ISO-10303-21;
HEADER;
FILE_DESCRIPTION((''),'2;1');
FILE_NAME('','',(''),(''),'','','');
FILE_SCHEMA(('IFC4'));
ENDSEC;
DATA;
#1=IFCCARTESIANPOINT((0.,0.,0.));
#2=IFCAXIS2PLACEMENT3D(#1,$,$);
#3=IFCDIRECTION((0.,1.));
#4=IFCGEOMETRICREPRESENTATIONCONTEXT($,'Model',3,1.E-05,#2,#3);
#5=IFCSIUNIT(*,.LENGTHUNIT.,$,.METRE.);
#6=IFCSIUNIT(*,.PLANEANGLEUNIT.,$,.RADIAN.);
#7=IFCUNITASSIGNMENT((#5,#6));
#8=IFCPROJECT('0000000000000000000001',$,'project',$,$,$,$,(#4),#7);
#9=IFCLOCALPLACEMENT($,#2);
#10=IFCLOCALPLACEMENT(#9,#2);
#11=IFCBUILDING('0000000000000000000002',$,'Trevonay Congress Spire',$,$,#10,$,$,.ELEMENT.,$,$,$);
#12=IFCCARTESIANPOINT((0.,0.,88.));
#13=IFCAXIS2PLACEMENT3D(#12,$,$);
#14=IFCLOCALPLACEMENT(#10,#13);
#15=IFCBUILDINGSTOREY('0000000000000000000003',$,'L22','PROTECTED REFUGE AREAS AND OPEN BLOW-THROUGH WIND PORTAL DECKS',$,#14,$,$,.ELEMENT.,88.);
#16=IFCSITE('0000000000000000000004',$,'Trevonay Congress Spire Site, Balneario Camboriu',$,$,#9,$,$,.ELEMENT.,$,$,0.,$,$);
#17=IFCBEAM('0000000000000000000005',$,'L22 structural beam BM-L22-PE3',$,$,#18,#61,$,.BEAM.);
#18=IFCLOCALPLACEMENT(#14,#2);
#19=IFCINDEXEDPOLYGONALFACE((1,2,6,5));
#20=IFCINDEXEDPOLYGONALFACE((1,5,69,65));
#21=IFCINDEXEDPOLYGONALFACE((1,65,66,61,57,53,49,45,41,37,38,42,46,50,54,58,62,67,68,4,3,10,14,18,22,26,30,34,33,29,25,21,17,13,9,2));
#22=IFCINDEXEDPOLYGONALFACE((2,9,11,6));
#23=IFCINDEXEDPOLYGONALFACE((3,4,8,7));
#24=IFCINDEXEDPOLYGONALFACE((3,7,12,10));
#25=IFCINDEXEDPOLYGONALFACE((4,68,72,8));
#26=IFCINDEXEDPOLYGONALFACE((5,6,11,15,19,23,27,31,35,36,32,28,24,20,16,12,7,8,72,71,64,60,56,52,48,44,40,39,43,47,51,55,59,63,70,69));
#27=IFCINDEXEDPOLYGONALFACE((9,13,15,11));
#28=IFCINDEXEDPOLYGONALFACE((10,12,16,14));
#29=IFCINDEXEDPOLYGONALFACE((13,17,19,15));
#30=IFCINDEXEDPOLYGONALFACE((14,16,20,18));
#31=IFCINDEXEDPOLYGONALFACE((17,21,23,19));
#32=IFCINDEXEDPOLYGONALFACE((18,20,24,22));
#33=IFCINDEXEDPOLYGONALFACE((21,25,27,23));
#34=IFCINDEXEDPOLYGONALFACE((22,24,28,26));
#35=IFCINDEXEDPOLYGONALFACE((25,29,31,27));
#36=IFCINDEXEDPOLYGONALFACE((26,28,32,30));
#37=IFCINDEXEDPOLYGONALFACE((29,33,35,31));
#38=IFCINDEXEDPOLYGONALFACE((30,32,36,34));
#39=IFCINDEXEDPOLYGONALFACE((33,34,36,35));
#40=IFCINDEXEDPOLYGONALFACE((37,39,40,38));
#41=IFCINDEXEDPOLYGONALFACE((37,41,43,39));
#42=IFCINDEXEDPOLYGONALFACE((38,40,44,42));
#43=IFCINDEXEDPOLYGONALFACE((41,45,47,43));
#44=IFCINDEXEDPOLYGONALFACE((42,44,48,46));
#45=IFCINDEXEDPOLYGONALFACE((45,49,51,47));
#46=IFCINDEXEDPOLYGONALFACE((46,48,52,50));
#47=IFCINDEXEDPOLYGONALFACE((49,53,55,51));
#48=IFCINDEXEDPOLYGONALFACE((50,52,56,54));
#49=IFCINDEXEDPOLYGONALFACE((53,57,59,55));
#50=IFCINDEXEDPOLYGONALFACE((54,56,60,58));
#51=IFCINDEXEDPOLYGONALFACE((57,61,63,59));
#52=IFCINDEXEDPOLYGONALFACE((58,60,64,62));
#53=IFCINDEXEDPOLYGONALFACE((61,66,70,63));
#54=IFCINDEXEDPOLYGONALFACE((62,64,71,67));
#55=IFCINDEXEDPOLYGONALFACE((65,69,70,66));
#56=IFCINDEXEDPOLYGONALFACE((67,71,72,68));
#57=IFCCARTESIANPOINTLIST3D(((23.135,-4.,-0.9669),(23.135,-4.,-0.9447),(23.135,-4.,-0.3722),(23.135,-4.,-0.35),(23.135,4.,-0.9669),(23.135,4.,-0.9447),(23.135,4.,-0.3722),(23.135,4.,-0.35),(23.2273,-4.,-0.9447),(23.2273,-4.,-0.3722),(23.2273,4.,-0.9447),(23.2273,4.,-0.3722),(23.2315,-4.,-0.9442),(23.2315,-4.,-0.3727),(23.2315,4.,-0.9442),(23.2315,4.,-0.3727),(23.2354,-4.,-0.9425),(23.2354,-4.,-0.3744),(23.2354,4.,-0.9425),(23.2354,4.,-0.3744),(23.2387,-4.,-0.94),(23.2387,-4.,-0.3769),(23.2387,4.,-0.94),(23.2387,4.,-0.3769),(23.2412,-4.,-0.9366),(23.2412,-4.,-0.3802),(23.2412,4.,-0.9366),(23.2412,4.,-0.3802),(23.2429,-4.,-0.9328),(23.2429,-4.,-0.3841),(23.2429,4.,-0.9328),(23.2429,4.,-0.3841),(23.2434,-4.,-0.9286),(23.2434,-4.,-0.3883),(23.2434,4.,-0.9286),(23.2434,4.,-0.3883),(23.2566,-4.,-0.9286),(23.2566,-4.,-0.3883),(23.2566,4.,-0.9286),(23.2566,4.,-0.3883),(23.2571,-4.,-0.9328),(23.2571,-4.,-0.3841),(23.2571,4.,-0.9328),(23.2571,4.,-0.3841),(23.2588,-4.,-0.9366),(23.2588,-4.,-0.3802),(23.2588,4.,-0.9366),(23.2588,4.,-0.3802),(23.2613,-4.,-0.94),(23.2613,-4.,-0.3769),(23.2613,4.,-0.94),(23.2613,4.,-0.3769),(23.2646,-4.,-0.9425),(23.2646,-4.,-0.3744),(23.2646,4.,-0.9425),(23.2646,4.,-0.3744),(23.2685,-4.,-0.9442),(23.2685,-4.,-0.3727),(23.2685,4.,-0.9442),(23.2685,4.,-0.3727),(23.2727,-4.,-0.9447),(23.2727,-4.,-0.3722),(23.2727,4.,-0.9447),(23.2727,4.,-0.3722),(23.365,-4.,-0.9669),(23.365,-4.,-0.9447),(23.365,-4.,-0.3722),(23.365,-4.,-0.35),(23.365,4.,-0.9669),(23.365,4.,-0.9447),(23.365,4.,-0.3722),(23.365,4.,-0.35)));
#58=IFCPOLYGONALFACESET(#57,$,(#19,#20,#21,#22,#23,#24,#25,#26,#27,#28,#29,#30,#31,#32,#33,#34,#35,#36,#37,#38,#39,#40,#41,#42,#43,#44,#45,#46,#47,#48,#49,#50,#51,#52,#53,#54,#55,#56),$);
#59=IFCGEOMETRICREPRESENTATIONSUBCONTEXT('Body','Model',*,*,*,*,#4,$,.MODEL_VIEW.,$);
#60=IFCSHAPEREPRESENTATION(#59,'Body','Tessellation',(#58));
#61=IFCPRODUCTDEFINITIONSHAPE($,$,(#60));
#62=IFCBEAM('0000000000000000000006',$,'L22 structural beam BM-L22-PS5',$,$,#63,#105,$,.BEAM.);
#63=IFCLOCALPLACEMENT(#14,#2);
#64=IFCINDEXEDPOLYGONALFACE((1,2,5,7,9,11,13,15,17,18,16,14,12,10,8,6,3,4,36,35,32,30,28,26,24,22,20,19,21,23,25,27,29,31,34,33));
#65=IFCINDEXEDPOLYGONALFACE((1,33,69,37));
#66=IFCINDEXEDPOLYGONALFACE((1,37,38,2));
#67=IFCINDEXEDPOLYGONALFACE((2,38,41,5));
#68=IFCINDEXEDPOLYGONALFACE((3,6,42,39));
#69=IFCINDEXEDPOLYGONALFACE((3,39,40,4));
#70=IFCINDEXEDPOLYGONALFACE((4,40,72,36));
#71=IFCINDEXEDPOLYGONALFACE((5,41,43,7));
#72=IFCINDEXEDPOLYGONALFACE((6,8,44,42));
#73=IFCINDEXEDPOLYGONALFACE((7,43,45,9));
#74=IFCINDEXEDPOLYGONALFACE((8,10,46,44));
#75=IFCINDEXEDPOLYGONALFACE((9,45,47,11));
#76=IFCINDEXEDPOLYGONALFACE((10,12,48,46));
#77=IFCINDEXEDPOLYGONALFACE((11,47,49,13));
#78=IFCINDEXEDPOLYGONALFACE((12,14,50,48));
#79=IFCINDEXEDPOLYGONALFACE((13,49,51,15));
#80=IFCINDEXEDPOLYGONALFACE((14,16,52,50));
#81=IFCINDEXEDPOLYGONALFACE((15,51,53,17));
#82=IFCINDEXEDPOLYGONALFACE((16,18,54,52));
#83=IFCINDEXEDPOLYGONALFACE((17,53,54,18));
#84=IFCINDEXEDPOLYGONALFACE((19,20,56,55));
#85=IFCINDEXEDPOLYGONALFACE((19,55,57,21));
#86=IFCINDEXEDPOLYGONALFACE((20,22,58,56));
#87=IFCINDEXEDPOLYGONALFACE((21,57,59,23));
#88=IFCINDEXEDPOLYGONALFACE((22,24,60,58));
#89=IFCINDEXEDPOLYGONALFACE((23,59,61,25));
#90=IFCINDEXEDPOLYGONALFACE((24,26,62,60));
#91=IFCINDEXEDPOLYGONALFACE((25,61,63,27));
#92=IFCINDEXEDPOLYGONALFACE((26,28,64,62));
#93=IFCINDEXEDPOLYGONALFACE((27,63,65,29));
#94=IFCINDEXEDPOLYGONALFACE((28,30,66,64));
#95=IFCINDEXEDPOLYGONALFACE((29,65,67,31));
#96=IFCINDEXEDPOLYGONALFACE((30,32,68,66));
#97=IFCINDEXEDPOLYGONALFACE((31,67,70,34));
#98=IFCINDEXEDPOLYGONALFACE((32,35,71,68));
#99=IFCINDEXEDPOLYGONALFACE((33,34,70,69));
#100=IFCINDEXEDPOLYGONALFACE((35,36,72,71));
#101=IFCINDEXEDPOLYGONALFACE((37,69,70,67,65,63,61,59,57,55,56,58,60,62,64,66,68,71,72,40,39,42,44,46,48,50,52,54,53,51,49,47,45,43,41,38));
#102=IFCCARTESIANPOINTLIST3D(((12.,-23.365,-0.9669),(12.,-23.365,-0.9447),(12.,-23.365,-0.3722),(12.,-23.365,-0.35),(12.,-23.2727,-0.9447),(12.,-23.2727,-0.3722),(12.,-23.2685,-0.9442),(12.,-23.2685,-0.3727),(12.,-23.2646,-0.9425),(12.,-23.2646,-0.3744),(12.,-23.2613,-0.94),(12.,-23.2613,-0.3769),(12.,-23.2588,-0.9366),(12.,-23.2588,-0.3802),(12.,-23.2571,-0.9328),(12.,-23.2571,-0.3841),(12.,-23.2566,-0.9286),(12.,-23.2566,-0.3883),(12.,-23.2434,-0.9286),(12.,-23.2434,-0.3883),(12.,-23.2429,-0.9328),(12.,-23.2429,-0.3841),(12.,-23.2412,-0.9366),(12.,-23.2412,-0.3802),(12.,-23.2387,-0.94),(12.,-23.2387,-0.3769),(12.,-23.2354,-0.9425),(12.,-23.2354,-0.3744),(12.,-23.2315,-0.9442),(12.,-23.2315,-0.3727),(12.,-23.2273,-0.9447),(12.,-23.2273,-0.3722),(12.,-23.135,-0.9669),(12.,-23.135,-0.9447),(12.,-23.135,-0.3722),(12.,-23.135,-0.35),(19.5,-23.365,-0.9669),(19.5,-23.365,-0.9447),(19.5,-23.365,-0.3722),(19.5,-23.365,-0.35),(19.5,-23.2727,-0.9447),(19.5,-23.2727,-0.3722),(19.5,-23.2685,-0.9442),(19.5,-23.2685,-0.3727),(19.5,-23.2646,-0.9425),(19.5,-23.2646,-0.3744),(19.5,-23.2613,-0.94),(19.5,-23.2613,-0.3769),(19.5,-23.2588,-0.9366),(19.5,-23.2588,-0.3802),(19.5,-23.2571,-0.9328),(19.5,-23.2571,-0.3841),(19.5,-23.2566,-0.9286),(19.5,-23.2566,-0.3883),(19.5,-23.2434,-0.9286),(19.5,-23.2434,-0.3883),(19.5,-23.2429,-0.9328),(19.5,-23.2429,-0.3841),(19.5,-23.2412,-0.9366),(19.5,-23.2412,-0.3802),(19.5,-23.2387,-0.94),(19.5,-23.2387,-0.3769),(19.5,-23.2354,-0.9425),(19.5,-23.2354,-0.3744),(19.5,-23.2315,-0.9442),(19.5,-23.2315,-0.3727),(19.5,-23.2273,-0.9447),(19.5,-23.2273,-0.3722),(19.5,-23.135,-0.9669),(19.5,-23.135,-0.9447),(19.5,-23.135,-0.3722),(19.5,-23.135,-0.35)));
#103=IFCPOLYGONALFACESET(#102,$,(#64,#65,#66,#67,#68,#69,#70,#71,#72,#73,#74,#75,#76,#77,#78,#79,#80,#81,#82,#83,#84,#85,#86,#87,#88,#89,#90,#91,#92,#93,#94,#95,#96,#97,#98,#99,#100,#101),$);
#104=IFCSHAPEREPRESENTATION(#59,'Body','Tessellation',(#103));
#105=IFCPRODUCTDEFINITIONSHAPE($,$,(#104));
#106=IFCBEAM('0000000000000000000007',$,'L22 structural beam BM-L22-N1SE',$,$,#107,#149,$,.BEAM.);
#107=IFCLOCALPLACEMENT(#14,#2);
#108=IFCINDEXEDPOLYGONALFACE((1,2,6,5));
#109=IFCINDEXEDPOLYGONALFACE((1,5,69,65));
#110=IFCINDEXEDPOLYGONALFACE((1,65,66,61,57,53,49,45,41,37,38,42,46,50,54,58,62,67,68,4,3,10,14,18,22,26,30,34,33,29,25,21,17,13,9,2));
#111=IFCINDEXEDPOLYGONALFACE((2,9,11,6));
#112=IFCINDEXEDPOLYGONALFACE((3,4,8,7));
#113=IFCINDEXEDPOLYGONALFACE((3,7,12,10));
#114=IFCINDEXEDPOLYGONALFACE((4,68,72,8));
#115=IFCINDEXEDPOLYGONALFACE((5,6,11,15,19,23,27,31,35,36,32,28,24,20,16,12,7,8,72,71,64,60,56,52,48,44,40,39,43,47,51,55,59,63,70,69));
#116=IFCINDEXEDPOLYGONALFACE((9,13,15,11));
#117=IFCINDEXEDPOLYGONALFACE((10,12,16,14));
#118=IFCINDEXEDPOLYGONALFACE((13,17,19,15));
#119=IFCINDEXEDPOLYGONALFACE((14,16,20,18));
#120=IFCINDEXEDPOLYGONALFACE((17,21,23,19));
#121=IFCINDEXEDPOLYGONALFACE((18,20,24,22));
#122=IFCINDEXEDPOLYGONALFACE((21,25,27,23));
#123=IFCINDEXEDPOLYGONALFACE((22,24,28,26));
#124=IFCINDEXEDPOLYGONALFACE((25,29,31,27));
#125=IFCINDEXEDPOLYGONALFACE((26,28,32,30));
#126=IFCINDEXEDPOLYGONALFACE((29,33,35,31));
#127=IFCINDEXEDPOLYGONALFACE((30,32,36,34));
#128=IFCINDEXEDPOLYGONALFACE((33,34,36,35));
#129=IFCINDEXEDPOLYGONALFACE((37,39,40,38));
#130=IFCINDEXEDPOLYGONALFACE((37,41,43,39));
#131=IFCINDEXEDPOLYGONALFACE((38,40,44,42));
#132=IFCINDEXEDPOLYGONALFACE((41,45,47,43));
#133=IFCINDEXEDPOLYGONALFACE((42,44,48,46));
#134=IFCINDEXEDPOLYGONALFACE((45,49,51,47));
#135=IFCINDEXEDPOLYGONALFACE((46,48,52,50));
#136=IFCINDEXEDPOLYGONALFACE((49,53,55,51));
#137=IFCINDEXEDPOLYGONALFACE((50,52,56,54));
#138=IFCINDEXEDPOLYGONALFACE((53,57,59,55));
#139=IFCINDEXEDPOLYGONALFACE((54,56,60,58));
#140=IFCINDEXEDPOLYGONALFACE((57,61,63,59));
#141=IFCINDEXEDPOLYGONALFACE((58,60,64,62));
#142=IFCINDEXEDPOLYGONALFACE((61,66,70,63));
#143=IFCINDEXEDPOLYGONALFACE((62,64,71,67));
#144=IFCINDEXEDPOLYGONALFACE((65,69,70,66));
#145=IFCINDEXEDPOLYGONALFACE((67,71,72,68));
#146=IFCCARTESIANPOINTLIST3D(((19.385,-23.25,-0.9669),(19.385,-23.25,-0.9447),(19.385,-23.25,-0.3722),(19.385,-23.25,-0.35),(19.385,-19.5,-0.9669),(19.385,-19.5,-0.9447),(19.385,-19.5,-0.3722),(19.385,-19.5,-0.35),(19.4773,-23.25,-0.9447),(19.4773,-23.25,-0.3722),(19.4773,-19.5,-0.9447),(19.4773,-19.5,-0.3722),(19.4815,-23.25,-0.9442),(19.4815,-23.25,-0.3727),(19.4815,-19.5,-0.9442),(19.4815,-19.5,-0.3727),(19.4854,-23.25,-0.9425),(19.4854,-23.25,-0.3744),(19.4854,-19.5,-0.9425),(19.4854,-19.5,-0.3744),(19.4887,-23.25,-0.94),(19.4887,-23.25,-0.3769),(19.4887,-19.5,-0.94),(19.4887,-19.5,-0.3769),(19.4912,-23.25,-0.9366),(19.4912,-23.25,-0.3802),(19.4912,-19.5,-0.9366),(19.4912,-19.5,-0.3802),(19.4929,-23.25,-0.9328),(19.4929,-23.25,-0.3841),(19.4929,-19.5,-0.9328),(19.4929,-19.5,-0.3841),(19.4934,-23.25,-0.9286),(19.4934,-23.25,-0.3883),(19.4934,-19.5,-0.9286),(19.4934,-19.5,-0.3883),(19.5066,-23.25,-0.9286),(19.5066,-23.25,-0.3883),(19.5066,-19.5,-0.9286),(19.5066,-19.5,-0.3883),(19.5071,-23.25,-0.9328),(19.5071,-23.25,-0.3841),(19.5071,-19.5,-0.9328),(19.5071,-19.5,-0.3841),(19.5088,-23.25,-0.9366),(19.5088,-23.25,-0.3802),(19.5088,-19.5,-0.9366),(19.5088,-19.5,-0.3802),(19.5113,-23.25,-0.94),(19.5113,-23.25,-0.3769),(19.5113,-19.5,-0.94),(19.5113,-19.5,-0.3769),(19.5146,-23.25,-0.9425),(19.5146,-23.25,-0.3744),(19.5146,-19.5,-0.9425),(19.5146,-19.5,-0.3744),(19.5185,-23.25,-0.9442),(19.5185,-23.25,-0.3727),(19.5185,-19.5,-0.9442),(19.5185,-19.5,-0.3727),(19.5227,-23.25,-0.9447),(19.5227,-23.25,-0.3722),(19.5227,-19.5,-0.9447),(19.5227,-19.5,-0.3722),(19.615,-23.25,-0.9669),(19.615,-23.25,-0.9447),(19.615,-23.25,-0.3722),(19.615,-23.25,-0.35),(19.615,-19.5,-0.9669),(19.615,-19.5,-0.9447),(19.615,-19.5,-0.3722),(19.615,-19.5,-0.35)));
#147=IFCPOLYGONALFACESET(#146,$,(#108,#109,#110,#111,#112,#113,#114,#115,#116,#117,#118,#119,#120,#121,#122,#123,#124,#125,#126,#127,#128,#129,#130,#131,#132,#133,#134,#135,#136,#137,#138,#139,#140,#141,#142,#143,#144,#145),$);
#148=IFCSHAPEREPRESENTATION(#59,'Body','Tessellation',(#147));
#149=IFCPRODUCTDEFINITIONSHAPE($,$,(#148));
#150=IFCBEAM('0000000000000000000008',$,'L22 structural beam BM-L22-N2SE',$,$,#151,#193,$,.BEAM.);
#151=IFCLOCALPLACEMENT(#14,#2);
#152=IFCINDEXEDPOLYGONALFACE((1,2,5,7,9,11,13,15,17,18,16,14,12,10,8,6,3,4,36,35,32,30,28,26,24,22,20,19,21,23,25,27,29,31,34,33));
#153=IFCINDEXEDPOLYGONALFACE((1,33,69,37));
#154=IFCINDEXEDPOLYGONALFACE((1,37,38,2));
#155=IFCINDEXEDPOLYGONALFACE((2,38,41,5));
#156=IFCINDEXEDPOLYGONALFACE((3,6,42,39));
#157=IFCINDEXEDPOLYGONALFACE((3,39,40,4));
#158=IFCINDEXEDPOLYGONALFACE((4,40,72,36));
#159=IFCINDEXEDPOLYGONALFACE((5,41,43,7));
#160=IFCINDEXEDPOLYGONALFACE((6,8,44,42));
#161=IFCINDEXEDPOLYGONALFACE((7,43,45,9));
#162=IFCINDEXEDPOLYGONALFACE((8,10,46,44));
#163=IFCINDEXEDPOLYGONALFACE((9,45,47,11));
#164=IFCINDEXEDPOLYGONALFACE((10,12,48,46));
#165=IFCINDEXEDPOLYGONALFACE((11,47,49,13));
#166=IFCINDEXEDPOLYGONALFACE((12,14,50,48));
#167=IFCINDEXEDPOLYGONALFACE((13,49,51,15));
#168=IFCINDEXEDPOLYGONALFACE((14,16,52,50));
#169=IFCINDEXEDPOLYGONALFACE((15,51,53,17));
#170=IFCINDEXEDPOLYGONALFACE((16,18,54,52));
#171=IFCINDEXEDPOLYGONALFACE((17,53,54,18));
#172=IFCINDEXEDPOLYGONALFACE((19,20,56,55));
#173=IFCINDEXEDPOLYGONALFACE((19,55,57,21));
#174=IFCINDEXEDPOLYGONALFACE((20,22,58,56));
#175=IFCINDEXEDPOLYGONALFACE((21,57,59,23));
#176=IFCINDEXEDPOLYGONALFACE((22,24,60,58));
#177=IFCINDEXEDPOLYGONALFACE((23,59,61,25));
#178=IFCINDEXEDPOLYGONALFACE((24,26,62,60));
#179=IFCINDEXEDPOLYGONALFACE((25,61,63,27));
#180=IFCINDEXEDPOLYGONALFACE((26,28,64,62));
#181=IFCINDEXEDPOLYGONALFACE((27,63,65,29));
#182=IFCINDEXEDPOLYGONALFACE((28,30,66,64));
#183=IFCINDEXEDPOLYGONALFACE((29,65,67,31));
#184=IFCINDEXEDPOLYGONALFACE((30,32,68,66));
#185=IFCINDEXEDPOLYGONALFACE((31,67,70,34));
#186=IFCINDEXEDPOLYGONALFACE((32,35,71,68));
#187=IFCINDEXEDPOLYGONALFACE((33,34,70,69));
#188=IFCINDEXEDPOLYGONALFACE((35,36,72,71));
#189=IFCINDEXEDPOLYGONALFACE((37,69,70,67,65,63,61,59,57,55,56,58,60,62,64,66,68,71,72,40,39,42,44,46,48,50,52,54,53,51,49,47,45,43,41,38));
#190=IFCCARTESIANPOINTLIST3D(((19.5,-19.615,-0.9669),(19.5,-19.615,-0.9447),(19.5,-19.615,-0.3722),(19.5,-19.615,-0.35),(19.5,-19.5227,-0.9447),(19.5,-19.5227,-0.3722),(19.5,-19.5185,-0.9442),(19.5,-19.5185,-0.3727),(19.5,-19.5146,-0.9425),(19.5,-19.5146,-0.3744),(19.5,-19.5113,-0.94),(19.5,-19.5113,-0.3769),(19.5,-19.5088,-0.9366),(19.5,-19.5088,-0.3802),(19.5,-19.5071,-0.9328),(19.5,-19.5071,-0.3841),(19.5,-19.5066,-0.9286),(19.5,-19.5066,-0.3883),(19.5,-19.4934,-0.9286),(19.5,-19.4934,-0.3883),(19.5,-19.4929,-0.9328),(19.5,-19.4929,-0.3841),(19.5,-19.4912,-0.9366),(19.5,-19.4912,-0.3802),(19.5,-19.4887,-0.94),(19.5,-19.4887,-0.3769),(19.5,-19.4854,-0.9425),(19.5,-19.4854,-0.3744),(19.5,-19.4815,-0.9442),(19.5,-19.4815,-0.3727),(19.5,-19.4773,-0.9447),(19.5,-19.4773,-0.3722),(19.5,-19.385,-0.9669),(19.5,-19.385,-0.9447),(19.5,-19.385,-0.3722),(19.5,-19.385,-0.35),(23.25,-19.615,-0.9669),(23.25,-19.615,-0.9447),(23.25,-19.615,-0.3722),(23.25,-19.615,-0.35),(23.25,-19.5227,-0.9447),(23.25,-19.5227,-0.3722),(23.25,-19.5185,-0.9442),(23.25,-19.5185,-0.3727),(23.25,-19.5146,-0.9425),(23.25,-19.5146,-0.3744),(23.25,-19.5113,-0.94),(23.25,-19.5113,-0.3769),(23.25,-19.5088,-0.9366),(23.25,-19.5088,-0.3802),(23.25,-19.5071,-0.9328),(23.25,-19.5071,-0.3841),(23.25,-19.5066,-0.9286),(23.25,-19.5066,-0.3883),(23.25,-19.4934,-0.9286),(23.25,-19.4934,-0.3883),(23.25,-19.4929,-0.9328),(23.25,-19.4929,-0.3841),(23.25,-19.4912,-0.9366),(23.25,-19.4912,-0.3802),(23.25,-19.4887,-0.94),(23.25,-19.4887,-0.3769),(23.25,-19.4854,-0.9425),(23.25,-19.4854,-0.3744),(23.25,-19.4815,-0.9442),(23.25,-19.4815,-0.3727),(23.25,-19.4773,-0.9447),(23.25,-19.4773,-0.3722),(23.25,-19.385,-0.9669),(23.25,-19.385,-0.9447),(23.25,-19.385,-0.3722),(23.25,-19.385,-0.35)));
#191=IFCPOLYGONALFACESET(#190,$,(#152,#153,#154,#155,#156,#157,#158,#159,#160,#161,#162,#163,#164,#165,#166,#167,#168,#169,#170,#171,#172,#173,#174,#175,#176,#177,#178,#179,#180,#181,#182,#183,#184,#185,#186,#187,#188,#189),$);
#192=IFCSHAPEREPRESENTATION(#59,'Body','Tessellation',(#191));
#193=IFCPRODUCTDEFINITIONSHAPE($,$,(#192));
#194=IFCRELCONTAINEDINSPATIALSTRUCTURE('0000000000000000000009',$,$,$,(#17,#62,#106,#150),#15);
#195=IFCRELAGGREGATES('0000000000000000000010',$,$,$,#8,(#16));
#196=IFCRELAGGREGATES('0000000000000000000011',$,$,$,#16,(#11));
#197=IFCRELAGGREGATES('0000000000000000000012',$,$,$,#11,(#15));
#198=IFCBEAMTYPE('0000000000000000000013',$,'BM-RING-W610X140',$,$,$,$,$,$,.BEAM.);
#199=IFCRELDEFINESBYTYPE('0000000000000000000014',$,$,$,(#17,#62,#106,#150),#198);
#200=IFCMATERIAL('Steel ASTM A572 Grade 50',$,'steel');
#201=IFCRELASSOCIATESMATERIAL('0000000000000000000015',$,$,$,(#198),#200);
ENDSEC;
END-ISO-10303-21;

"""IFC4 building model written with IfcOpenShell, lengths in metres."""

from ifc_helpers import new_model, si_unit, direction, frame, origin, origin_2d, place, context, subcontext, project, spatial, i_section, extrude, material, material_profile, profile_set, type_object, element, save


model = new_model("IFC4")

# Units and contexts
model_context = context("Model", 3, precision=1e-05, world=origin(), true_north=direction((0.0, 1.0)))
body_context = subcontext(model_context, "Body", "Model", "MODEL_VIEW")
ifc_project = project(units=[si_unit("LENGTHUNIT", "METRE"), si_unit("PLANEANGLEUNIT", "RADIAN")], contexts=[model_context])

# Site, building, storey
site_placement = place(None, origin())
site = spatial("IfcSite", under=ifc_project, at=site_placement, Name="Trevonay Congress Spire Site, Balneario Camboriu", CompositionType="ELEMENT", RefElevation=0.0)
building_placement = place(site_placement, origin())
building = spatial("IfcBuilding", under=site, at=building_placement, Name="Trevonay Congress Spire", CompositionType="ELEMENT")
storey_placement = place(building_placement, frame((0.0, 0.0, 88.0)))
storey = spatial("IfcBuildingStorey", under=building, at=storey_placement, Name="L22", Description="PROTECTED REFUGE AREAS AND OPEN BLOW-THROUGH WIND PORTAL DECKS", CompositionType="ELEMENT", Elevation=88.0)

# Shared definitions
ifc_material_1 = material(Name="Steel ASTM A572 Grade 50", Category="steel")

# Beams
ifc_material_profile_1 = material_profile(ifc_material_1, i_section(OverallWidth=0.23, OverallDepth=0.6169, WebThickness=0.0132, FlangeThickness=0.0222, FilletRadius=0.0161, at=origin_2d()), Name="W610x140")
ifc_profile_set_1 = profile_set([ifc_material_profile_1], Name="Steel ASTM A572 Grade 50")
beam_type_1 = type_object("IfcBeamType", Name="BM-RING-W610X140", PredefinedType="BEAM", material=ifc_profile_set_1)
for number, where, z_axis, x_axis, name in (
    (1, (23.25, -4.0, -0.6584), (0.0, 1.0, 0.0), (-1.0, 0.0, 0.0), "L22 structural beam BM-L22-PE3"),
):
    element("IfcBeam", number, at=place(storey_placement, frame(where, z_axis=z_axis, x_axis=x_axis)), inside=storey, type_object=beam_type_1, Name=name, PredefinedType="BEAM", context=body_context, shape_type="SweptSolid", body=[
        extrude(i_section(OverallWidth=0.23, OverallDepth=0.6169, WebThickness=0.0132, FlangeThickness=0.0222, FilletRadius=0.0161, at=origin_2d()), origin(), (0.0, 0.0, 1.0), 8.0),
    ])
beam_1_placement = place(storey_placement, frame((12.0, -23.25, -0.6584), z_axis=(1.0, 0.0, 0.0), x_axis=(0.0, 1.0, 0.0)))
element("IfcBeam", 2, at=beam_1_placement, inside=storey, type_object=beam_type_1, Name="L22 structural beam BM-L22-PS5", PredefinedType="BEAM", context=body_context, shape_type="SweptSolid", body=[
    extrude(i_section(OverallWidth=0.23, OverallDepth=0.6169, WebThickness=0.0132, FlangeThickness=0.0222, FilletRadius=0.0161, at=origin_2d()), origin(), (0.0, 0.0, 1.0), 7.5),
])
for number, where, z_axis, x_axis, name in (
    (3, (19.5, -23.25, -0.6584), (0.0, 1.0, 0.0), (-1.0, 0.0, 0.0), "L22 structural beam BM-L22-N1SE"),
    (4, (23.25, -19.5, -0.6584), (-1.0, 0.0, 0.0), (0.0, -1.0, 0.0), "L22 structural beam BM-L22-N2SE"),
):
    element("IfcBeam", number, at=place(storey_placement, frame(where, z_axis=z_axis, x_axis=x_axis)), inside=storey, type_object=beam_type_1, Name=name, PredefinedType="BEAM", context=body_context, shape_type="SweptSolid", body=[
        extrude(i_section(OverallWidth=0.23, OverallDepth=0.6169, WebThickness=0.0132, FlangeThickness=0.0222, FilletRadius=0.0161, at=origin_2d()), origin(), (0.0, 0.0, 1.0), 3.75),
    ])

save(model, "model.ifc")
